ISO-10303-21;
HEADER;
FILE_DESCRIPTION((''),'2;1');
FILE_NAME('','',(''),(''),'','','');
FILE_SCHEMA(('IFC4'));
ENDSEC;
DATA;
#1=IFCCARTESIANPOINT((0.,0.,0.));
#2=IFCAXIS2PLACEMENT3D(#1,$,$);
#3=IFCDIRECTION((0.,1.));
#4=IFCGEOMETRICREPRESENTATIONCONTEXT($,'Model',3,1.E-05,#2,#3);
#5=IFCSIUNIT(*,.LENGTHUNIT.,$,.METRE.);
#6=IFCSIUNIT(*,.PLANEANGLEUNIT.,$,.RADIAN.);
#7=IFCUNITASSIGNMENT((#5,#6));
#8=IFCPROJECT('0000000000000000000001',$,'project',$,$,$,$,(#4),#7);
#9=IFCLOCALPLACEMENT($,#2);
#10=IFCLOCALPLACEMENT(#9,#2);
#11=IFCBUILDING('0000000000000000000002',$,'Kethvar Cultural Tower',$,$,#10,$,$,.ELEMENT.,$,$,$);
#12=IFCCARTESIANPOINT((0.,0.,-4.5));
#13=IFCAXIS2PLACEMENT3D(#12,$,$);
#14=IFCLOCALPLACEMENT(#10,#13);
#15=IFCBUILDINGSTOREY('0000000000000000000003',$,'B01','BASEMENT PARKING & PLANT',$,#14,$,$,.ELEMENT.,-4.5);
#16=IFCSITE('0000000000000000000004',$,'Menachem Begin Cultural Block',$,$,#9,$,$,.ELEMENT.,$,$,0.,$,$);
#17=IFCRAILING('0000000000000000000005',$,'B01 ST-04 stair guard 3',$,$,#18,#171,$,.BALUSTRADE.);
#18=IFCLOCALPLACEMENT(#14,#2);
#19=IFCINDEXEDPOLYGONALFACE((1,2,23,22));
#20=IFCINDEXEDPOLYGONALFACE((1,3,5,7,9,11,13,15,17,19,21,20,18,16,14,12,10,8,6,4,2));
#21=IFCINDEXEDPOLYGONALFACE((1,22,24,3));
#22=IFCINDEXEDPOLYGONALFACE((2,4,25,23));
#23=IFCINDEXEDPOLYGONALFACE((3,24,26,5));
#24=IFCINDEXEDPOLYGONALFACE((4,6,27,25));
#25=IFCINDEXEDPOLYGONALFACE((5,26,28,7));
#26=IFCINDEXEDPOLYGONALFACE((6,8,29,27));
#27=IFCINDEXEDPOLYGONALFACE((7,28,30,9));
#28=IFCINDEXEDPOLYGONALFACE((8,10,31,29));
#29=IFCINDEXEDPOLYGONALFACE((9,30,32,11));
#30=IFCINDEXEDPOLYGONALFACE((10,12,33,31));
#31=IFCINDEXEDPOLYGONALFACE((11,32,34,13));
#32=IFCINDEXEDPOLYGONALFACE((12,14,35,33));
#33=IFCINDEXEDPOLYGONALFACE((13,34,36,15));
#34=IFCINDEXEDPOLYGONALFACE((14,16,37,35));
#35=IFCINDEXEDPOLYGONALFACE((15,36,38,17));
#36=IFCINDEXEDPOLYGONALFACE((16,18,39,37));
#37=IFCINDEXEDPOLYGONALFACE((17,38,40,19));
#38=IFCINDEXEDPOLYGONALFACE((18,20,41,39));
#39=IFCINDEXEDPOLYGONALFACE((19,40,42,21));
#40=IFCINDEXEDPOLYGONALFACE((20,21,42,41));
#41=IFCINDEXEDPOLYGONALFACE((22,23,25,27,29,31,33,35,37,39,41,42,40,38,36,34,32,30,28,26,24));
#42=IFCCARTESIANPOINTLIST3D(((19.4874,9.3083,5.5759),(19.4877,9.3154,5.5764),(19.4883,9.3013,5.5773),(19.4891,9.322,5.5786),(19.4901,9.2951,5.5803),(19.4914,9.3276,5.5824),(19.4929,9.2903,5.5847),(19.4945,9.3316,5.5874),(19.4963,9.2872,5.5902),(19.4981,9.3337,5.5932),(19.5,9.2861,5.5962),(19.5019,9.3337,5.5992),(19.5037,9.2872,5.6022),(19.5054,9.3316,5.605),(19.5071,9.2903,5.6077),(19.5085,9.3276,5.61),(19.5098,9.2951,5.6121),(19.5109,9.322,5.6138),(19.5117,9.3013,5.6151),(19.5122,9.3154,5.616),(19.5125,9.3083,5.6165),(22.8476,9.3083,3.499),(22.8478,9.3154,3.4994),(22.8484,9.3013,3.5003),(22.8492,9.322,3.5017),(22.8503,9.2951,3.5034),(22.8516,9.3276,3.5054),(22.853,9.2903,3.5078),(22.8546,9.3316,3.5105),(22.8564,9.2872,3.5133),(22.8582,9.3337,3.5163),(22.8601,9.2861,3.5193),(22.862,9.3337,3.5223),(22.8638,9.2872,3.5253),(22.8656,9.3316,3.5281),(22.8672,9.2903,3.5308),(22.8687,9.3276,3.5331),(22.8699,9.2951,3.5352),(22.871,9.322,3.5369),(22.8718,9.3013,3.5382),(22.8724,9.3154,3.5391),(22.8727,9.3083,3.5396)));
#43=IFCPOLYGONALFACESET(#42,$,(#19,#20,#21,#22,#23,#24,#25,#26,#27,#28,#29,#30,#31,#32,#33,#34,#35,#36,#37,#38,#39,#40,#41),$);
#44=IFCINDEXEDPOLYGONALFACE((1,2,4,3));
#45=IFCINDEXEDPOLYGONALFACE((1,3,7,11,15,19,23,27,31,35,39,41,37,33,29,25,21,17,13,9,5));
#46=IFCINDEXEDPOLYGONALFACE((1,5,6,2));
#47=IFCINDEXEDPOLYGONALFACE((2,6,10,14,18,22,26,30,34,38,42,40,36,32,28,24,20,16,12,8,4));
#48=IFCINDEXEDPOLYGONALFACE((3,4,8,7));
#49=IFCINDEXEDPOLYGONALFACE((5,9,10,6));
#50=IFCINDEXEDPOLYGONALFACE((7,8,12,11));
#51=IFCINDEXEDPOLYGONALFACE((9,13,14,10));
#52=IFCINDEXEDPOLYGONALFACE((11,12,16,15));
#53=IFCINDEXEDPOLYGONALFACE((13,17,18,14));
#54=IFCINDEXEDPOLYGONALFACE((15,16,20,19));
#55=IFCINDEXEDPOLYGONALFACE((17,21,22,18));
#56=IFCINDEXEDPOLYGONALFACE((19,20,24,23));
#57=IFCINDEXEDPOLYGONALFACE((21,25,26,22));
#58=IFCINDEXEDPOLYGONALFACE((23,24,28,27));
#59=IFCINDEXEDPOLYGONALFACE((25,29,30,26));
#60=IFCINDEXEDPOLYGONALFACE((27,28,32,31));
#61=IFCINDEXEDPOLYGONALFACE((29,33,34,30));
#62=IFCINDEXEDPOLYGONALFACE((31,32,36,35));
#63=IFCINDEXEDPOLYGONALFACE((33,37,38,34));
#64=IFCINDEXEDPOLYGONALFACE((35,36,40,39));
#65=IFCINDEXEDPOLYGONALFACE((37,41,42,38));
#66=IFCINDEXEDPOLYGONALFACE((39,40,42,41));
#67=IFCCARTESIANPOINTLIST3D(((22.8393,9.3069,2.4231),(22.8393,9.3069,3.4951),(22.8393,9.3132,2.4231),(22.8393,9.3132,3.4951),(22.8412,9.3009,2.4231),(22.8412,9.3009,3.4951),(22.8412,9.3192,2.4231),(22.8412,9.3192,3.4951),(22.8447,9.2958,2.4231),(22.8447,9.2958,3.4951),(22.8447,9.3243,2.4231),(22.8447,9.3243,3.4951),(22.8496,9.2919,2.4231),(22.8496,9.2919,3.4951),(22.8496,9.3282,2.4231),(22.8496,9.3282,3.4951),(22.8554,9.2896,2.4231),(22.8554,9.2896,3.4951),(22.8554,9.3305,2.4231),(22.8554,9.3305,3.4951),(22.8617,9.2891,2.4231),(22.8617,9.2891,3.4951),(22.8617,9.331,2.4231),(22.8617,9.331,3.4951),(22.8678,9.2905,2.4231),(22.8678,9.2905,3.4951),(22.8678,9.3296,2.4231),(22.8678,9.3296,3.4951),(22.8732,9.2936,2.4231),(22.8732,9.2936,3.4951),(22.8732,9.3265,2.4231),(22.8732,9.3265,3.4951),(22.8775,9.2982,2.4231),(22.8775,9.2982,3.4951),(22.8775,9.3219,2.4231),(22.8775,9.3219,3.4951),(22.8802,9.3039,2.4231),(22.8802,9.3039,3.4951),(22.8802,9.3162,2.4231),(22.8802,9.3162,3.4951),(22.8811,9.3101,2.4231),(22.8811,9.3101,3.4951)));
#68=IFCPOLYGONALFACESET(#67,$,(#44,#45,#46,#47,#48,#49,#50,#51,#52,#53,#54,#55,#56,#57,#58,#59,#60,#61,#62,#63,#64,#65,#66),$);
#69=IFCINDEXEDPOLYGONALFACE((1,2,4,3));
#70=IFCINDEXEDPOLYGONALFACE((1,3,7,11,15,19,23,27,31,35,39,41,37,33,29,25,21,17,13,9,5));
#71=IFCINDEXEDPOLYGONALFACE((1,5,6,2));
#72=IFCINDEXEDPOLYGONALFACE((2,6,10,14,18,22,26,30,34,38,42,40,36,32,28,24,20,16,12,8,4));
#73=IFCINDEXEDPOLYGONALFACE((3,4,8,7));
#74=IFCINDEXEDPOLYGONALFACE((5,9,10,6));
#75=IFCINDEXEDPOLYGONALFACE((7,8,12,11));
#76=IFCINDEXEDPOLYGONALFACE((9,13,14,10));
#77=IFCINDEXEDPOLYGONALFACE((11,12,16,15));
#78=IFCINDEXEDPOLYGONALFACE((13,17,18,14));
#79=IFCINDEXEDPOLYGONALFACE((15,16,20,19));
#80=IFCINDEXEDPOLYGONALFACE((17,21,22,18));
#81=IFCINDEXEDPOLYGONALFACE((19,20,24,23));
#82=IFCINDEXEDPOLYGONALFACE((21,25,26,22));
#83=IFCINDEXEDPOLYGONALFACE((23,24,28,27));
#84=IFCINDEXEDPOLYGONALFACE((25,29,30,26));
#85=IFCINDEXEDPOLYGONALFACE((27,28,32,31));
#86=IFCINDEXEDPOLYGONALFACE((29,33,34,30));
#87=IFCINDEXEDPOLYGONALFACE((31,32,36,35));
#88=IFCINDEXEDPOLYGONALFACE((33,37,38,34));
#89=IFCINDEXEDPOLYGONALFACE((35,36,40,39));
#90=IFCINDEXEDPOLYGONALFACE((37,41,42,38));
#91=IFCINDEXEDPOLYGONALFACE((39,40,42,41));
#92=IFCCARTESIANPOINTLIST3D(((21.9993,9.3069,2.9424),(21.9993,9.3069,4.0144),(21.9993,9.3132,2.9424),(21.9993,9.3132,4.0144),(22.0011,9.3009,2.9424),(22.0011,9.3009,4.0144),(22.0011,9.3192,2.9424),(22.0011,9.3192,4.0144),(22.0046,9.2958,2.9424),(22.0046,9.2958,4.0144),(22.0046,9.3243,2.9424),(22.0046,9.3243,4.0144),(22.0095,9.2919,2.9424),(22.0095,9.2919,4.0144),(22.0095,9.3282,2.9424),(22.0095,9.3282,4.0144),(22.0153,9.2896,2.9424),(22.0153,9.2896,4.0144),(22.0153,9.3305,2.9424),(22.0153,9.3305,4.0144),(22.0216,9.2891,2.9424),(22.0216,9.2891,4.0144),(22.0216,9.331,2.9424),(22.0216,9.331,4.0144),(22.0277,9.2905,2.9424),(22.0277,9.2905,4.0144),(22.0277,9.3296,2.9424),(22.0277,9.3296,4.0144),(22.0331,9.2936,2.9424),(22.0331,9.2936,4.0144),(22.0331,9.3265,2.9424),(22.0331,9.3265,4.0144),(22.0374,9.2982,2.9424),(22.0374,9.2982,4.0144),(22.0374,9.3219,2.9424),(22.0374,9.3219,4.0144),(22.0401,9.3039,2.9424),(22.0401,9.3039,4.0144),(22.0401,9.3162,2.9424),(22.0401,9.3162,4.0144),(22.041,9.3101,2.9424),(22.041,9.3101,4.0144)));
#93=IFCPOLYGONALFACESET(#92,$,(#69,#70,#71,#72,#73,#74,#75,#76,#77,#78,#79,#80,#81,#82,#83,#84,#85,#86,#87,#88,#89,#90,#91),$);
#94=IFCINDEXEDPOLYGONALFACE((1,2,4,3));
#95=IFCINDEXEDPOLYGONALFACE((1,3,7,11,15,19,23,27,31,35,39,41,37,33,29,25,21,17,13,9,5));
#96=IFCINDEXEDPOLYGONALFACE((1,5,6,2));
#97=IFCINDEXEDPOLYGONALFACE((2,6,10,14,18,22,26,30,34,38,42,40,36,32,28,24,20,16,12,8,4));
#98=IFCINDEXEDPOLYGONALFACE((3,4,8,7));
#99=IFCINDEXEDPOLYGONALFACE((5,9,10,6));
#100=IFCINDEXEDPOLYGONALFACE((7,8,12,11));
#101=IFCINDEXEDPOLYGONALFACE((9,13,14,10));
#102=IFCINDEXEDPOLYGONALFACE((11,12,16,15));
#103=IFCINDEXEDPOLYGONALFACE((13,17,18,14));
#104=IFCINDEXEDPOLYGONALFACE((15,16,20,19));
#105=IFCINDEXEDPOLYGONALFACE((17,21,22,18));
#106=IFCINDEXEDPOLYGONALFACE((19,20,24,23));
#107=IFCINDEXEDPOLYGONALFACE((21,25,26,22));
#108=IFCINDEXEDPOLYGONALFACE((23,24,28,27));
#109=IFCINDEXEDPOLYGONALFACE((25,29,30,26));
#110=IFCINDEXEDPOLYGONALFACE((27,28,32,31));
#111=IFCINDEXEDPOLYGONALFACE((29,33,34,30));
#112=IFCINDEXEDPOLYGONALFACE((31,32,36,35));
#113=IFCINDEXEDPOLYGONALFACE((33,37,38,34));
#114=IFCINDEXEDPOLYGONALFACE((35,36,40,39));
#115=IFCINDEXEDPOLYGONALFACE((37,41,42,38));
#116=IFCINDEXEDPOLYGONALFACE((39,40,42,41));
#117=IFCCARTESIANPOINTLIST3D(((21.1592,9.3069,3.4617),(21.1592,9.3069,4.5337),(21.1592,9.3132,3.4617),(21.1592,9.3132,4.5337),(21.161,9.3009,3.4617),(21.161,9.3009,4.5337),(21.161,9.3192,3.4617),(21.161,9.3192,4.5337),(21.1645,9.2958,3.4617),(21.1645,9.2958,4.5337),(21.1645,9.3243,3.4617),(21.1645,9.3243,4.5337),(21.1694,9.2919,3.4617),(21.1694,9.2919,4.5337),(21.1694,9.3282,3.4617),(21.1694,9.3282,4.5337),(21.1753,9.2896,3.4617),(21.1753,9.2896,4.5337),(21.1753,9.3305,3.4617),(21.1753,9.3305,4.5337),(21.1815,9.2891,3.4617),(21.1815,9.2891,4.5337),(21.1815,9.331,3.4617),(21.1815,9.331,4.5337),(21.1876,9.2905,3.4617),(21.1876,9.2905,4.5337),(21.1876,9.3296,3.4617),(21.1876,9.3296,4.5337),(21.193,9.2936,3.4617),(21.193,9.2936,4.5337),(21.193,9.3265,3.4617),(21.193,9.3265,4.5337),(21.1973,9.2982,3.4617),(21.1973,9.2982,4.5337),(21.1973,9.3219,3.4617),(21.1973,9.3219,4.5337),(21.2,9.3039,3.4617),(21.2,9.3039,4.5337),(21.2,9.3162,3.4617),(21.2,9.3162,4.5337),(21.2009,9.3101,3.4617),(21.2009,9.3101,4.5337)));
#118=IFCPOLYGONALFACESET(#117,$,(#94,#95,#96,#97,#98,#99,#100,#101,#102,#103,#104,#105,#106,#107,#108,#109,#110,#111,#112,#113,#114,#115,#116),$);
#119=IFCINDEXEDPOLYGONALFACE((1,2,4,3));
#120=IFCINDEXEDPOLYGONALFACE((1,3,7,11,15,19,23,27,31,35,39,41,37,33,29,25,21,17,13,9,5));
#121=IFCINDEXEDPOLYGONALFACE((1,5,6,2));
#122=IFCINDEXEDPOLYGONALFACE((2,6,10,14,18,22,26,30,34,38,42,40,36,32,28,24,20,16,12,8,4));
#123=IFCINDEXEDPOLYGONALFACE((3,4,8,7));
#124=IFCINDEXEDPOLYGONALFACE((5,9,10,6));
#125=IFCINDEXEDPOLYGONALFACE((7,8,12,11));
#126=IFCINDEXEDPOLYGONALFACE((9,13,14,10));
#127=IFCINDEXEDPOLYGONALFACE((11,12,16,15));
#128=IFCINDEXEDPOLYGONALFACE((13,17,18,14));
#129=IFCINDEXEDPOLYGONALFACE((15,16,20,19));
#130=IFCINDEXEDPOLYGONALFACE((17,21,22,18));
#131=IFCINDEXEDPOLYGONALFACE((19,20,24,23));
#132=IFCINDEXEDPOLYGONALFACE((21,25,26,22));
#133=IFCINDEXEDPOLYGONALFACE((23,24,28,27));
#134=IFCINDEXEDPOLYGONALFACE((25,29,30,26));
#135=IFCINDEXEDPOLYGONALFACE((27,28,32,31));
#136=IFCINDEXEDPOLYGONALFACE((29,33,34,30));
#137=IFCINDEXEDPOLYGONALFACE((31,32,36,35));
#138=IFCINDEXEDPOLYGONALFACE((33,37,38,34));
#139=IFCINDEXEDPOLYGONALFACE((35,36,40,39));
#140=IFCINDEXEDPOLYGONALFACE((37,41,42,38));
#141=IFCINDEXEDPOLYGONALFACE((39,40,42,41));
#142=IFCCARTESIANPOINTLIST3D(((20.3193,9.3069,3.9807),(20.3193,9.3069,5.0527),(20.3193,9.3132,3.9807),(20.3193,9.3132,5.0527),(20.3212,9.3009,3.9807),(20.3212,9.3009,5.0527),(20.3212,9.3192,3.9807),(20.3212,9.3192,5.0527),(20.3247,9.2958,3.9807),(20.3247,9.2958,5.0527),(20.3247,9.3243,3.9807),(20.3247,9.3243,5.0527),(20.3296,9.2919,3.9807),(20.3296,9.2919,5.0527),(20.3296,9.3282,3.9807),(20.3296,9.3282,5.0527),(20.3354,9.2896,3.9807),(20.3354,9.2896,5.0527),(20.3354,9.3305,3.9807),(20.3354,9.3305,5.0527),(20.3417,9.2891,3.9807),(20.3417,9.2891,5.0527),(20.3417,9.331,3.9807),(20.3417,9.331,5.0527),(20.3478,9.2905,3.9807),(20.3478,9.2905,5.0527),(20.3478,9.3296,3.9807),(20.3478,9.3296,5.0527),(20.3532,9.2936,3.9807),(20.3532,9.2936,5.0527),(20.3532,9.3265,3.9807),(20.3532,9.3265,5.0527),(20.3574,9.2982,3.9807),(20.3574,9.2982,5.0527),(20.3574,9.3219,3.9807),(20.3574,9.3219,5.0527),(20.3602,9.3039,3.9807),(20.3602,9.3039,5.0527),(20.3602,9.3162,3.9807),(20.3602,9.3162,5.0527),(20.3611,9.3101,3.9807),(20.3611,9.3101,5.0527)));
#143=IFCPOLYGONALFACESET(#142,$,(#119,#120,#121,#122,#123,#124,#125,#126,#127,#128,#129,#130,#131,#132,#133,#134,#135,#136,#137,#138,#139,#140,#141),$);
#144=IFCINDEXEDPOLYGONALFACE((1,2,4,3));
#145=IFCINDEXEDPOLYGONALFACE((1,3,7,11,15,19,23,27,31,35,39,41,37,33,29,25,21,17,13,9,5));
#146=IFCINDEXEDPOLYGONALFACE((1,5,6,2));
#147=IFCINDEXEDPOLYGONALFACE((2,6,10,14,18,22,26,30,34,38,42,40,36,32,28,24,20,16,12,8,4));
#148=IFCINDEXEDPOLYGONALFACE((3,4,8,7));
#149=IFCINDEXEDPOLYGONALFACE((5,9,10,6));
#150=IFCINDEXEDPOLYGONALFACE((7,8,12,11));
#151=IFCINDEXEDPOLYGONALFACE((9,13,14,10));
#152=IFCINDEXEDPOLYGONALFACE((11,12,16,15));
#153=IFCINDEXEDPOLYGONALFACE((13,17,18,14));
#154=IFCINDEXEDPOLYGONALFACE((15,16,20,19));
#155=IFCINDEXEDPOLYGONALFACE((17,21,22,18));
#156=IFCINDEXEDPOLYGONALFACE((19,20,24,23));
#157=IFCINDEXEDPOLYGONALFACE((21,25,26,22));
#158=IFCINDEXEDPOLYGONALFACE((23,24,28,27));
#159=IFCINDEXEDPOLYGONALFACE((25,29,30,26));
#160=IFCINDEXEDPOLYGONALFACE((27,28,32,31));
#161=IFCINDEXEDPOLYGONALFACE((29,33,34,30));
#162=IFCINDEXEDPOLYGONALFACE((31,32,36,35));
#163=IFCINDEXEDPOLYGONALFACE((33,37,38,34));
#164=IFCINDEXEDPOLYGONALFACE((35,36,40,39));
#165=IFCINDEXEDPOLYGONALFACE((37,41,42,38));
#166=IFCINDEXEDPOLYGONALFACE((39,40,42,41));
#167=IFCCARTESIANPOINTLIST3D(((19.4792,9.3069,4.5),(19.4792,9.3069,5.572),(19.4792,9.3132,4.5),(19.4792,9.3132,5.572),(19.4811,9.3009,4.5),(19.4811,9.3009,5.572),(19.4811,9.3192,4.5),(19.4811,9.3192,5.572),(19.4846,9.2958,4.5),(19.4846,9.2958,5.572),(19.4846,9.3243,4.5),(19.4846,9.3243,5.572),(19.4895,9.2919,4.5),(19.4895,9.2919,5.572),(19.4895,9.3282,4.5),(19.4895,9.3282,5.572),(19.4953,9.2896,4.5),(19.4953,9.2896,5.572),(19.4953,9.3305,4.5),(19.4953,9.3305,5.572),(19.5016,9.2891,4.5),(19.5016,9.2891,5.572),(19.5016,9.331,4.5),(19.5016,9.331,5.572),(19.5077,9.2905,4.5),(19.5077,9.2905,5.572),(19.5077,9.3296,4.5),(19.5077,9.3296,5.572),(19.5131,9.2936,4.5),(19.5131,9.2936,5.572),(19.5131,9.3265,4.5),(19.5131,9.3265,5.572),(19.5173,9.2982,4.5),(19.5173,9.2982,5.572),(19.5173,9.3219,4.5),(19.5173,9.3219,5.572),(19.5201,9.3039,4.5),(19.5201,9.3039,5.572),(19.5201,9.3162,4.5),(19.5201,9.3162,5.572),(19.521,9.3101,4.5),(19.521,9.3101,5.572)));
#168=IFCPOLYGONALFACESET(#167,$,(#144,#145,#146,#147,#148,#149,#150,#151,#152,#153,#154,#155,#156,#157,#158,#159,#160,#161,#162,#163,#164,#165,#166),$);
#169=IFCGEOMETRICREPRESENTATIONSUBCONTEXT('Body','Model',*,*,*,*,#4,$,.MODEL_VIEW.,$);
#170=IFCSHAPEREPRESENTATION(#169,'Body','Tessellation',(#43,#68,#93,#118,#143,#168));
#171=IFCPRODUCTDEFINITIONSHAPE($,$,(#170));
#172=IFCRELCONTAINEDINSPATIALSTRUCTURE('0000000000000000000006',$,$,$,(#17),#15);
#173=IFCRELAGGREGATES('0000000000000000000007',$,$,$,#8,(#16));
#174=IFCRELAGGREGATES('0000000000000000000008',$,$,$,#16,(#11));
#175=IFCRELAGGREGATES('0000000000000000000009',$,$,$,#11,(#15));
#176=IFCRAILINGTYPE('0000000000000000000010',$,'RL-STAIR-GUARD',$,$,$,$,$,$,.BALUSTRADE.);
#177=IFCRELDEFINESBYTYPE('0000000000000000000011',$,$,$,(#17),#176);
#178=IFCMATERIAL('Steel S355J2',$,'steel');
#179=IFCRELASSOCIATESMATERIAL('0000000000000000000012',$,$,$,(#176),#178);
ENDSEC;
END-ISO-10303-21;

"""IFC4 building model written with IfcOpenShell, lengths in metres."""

from ifc_helpers import new_model, si_unit, direction, frame, origin, origin_2d, place, context, subcontext, project, spatial, circle, extrude, material, type_object, element, save


model = new_model("IFC4")

# Units and contexts
model_context = context("Model", 3, precision=1e-05, world=origin(), true_north=direction((0.0, 1.0)))
body_context = subcontext(model_context, "Body", "Model", "MODEL_VIEW")
ifc_project = project(units=[si_unit("LENGTHUNIT", "METRE"), si_unit("PLANEANGLEUNIT", "RADIAN")], contexts=[model_context])

# Site, building, storey
site_placement = place(None, origin())
site = spatial("IfcSite", under=ifc_project, at=site_placement, Name="Menachem Begin Cultural Block", CompositionType="ELEMENT", RefElevation=0.0)
building_placement = place(site_placement, origin())
building = spatial("IfcBuilding", under=site, at=building_placement, Name="Kethvar Cultural Tower", CompositionType="ELEMENT")
storey_placement = place(building_placement, frame((0.0, 0.0, -4.5)))
storey = spatial("IfcBuildingStorey", under=building, at=storey_placement, Name="B01", Description="BASEMENT PARKING & PLANT", CompositionType="ELEMENT", Elevation=-4.5)

# Shared definitions
ifc_material_1 = material(Name="Steel S355J2", Category="steel")

# Railing
railing_type_1 = type_object("IfcRailingType", Name="RL-STAIR-GUARD", PredefinedType="BALUSTRADE", material=ifc_material_1)
railing_1_placement = place(storey_placement, frame((22.8601, 9.3101, 2.4231)))
element("IfcRailing", 1, at=railing_1_placement, inside=storey, type_object=railing_type_1, Name="B01 ST-04 stair guard 3", PredefinedType="BALUSTRADE", context=body_context, shape_type="SweptSolid", body=[
    extrude(circle(Radius=0.0239, at=origin_2d()), frame((0.0, 0.0, 1.0962), z_axis=(-0.850623, 0.0, 0.525776), x_axis=(0.0, -1.0, 0.0)), (0.0, 0.0, 1.0), 3.9502),
    extrude(circle(Radius=0.021, at=origin_2d()), origin(), (0.0, 0.0, 1.0), 1.072),
    extrude(circle(Radius=0.021, at=origin_2d()), frame((-0.8401, 0.0, 0.5193)), (0.0, 0.0, 1.0), 1.072),
    extrude(circle(Radius=0.021, at=origin_2d()), frame((-1.6802, 0.0, 1.0386)), (0.0, 0.0, 1.0), 1.072),
    extrude(circle(Radius=0.021, at=origin_2d()), frame((-2.52, 0.0, 1.5576)), (0.0, 0.0, 1.0), 1.072),
    extrude(circle(Radius=0.021, at=origin_2d()), frame((-3.3601, 0.0, 2.0769)), (0.0, 0.0, 1.0), 1.072),
])

save(model, "model.ifc")
